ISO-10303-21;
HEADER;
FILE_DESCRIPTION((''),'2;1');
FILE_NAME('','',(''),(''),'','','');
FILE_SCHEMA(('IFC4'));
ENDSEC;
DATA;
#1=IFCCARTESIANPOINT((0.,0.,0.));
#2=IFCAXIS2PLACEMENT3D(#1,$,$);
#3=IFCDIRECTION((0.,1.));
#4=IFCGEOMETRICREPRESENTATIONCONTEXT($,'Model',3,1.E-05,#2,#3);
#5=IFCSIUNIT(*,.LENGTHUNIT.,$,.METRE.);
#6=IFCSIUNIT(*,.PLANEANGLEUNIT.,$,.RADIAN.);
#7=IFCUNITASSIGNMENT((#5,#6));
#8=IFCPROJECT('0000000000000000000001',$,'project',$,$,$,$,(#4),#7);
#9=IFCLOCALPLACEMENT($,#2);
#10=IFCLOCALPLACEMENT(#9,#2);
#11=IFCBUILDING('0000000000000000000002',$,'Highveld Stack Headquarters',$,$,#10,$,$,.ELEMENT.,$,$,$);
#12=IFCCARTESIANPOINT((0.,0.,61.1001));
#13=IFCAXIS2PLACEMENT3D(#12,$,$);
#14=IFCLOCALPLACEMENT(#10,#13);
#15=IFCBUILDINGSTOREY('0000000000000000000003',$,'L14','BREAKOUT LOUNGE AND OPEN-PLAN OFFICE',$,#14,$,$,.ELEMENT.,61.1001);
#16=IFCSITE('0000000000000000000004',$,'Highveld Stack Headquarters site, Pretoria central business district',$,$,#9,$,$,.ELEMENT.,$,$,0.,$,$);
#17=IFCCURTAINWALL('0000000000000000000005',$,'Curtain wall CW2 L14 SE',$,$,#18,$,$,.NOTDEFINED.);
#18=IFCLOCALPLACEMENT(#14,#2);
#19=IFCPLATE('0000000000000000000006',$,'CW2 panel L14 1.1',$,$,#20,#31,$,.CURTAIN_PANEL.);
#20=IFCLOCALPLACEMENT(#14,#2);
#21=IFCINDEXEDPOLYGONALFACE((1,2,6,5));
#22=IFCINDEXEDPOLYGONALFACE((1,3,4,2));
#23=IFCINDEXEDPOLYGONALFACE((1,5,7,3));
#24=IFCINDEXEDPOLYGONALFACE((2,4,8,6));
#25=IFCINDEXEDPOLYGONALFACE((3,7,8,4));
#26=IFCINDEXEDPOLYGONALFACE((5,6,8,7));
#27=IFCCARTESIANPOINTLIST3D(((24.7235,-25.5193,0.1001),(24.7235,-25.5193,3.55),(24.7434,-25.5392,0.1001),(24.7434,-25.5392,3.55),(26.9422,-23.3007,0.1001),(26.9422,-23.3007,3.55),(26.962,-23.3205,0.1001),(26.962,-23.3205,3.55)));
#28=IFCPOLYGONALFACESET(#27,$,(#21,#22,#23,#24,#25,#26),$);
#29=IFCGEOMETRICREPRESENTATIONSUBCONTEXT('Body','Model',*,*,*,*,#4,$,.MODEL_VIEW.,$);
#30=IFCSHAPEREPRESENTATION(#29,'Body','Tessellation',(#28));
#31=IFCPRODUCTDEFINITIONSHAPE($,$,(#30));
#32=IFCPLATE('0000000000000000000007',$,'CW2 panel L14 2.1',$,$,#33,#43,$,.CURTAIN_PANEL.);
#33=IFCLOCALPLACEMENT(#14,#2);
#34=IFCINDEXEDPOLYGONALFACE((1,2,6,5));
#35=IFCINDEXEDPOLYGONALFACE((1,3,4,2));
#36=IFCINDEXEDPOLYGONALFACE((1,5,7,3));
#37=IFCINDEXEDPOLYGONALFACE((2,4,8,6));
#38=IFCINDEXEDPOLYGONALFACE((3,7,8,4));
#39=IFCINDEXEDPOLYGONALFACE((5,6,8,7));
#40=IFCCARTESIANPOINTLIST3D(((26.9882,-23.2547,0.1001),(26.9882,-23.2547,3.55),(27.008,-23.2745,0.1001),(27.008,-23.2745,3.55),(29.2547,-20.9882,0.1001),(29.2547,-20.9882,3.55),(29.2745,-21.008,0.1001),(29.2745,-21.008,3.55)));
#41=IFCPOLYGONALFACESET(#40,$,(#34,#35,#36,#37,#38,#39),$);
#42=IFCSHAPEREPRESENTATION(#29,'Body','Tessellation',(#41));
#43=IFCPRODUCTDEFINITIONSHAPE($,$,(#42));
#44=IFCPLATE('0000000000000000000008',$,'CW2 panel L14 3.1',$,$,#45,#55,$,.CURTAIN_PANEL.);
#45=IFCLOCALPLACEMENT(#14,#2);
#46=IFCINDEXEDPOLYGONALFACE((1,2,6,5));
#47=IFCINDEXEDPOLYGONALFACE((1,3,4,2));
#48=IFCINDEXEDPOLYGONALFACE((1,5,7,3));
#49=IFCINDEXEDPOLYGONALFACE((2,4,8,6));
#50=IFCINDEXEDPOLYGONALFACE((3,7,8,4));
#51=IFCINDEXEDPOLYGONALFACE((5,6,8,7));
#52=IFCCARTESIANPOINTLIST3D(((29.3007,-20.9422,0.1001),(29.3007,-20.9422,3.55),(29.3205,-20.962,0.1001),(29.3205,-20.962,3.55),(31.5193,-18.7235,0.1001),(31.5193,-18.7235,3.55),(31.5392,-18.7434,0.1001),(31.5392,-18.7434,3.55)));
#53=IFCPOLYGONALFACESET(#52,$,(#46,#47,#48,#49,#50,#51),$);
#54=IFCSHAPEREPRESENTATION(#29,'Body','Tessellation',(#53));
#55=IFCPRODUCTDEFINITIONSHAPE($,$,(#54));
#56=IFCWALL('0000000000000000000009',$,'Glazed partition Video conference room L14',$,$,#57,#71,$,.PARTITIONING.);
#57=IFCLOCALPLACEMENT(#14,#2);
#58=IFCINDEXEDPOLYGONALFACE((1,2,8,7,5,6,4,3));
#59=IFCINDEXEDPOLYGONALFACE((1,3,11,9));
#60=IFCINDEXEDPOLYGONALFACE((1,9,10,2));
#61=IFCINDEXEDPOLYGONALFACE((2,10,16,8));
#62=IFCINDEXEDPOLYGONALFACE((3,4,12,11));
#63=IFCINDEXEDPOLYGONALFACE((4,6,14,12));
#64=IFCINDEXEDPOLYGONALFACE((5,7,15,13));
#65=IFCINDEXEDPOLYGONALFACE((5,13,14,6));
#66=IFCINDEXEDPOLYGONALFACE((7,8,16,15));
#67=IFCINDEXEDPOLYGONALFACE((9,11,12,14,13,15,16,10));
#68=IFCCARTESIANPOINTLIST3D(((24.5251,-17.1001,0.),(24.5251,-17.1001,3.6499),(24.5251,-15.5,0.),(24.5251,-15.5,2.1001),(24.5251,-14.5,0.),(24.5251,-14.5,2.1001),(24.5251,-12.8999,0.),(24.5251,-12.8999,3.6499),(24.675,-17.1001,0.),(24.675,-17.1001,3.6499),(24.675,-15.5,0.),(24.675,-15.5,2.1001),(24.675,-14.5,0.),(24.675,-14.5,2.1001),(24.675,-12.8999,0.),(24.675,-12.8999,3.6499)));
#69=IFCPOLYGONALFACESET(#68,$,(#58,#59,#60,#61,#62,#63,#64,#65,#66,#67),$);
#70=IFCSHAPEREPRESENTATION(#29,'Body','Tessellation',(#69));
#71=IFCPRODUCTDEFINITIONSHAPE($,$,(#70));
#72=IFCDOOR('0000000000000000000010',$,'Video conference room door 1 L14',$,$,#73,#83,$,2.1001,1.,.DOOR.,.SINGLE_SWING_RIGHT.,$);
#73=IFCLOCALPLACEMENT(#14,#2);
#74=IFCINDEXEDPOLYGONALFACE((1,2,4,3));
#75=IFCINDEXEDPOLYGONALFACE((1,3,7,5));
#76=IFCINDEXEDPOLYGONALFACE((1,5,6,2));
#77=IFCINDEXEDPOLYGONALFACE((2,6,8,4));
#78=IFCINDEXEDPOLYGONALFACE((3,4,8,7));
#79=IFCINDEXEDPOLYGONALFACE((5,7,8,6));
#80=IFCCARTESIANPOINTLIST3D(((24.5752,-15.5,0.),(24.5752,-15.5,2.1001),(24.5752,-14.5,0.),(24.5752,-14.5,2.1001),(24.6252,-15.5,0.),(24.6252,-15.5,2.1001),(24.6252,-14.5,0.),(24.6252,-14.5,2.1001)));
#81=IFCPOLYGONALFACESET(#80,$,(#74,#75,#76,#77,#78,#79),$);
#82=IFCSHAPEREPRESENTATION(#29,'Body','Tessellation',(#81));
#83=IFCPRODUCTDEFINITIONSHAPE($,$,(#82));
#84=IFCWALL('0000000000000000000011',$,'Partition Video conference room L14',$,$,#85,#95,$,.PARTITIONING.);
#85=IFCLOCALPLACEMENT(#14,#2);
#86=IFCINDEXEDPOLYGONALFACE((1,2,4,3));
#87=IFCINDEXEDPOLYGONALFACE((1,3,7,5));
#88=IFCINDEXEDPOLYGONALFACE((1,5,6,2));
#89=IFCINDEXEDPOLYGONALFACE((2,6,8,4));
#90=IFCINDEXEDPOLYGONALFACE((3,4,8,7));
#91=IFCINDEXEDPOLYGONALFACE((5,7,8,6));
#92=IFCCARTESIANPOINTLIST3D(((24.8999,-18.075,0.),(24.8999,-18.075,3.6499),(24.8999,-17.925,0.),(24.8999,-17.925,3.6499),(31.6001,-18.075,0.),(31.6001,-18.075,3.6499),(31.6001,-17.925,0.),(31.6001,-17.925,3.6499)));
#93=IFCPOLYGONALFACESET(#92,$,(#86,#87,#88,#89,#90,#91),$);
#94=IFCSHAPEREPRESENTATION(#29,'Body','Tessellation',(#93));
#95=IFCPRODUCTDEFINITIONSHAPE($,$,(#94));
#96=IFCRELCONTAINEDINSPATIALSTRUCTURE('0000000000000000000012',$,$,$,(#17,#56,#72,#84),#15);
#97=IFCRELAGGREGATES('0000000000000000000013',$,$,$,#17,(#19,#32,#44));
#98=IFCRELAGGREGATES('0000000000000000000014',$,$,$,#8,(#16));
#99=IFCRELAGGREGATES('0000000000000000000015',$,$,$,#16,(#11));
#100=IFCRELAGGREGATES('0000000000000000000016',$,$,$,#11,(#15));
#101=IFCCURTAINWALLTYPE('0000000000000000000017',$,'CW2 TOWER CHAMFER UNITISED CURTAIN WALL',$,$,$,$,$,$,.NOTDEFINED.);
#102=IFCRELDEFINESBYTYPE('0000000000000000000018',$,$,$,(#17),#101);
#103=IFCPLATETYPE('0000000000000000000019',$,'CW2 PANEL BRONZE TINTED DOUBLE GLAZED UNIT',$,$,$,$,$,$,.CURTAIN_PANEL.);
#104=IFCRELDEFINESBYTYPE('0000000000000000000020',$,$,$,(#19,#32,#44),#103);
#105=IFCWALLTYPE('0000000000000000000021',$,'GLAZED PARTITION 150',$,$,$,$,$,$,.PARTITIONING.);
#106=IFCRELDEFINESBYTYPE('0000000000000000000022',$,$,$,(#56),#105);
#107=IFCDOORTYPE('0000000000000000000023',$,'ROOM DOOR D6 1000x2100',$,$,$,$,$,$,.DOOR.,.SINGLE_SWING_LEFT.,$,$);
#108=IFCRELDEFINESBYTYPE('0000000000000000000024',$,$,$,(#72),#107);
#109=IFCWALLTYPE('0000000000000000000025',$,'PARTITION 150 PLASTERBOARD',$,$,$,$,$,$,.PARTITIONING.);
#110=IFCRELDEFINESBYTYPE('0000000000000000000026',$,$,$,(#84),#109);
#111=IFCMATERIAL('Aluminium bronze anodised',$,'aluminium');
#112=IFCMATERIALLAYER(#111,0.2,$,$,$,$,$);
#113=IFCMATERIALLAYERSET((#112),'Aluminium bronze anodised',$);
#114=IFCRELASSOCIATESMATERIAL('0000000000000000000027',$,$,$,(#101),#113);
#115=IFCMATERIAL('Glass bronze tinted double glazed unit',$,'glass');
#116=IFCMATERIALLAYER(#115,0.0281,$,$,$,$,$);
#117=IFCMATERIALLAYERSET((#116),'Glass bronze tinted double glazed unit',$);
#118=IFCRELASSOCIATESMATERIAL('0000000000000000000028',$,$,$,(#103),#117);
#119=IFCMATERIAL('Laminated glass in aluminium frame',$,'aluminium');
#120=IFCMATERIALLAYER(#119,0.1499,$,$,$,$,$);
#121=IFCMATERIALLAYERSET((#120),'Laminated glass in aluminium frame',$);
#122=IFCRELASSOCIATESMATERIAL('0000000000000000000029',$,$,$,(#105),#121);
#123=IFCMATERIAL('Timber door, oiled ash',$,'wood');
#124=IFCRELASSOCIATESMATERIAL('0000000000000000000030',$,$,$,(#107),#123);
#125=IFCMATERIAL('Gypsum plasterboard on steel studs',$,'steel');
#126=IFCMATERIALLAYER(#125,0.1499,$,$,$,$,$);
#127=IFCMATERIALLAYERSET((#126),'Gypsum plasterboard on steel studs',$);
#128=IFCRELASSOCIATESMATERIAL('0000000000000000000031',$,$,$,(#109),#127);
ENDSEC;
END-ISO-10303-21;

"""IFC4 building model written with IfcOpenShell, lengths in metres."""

from ifc_helpers import new_model, si_unit, direction, frame, frame_2d, origin, origin_2d, place, context, subcontext, project, spatial, rectangle, extrude, material, layer, layer_set, type_object, element, fill, aggregate, save


model = new_model("IFC4")

# Units and contexts
model_context = context("Model", 3, precision=1e-05, world=origin(), true_north=direction((0.0, 1.0)))
body_context = subcontext(model_context, "Body", "Model", "MODEL_VIEW")
ifc_project = project(units=[si_unit("LENGTHUNIT", "METRE"), si_unit("PLANEANGLEUNIT", "RADIAN")], contexts=[model_context])

# Site, building, storey
site_placement = place(None, origin())
site = spatial("IfcSite", under=ifc_project, at=site_placement, Name="Highveld Stack Headquarters site, Pretoria central business district", CompositionType="ELEMENT", RefElevation=0.0)
building_placement = place(site_placement, origin())
building = spatial("IfcBuilding", under=site, at=building_placement, Name="Highveld Stack Headquarters", CompositionType="ELEMENT")
storey_placement = place(building_placement, frame((0.0, 0.0, 61.1001)))
storey = spatial("IfcBuildingStorey", under=building, at=storey_placement, Name="L14", Description="BREAKOUT LOUNGE AND OPEN-PLAN OFFICE", CompositionType="ELEMENT", Elevation=61.1001)

# Curtain wall
ifc_material_1 = material(Name="Aluminium bronze anodised", Category="aluminium")
ifc_layer_1 = layer(ifc_material_1, 0.2)
ifc_layer_set_1 = layer_set([ifc_layer_1], Name="Aluminium bronze anodised")
curtain_wall_type_1 = type_object("IfcCurtainWallType", Name="CW2 TOWER CHAMFER UNITISED CURTAIN WALL", PredefinedType="NOTDEFINED", material=ifc_layer_set_1)
curtain_wall_1_placement = place(storey_placement, origin())
curtain_wall_1 = element("IfcCurtainWall", 1, at=curtain_wall_1_placement, inside=storey, type_object=curtain_wall_type_1, Name="Curtain wall CW2 L14 SE", PredefinedType="NOTDEFINED")

# Plates
ifc_material_2 = material(Name="Glass bronze tinted double glazed unit", Category="glass")
ifc_layer_2 = layer(ifc_material_2, 0.0281)
ifc_layer_set_2 = layer_set([ifc_layer_2], Name="Glass bronze tinted double glazed unit")
plate_type_1 = type_object("IfcPlateType", Name="CW2 PANEL BRONZE TINTED DOUBLE GLAZED UNIT", PredefinedType="CURTAIN_PANEL", material=ifc_layer_set_2)
plate_1_placement = place(storey_placement, frame((25.8428, -24.4199, 0.1001), z_axis=(0.0, 0.0, 1.0), x_axis=(0.707107, 0.707107, 0.0)))
plate_1 = element("IfcPlate", 2, at=plate_1_placement, type_object=plate_type_1, Name="CW2 panel L14 1.1", PredefinedType="CURTAIN_PANEL", context=body_context, shape_type="SweptSolid", body=[
    extrude(rectangle(XDim=3.1377, YDim=0.0281, at=origin_2d()), origin(), (0.0, 0.0, 1.0), 3.45),
])
plate_2_placement = place(storey_placement, frame((28.1313, -22.1313, 0.1001), z_axis=(0.0, 0.0, 1.0), x_axis=(0.707107, 0.707107, 0.0)))
plate_2 = element("IfcPlate", 3, at=plate_2_placement, type_object=plate_type_1, Name="CW2 panel L14 2.1", PredefinedType="CURTAIN_PANEL", context=body_context, shape_type="SweptSolid", body=[
    extrude(rectangle(XDim=3.2053, YDim=0.0281, at=origin_2d()), origin(), (0.0, 0.0, 1.0), 3.45),
])
plate_3_placement = place(storey_placement, frame((30.4199, -19.8428, 0.1001), z_axis=(0.0, 0.0, 1.0), x_axis=(0.707107, 0.707107, 0.0)))
plate_3 = element("IfcPlate", 4, at=plate_3_placement, type_object=plate_type_1, Name="CW2 panel L14 3.1", PredefinedType="CURTAIN_PANEL", context=body_context, shape_type="SweptSolid", body=[
    extrude(rectangle(XDim=3.1377, YDim=0.0281, at=origin_2d()), origin(), (0.0, 0.0, 1.0), 3.45),
])
aggregate(curtain_wall_1, [plate_1, plate_2, plate_3])

# Wall, opening, door
ifc_material_3 = material(Name="Laminated glass in aluminium frame", Category="aluminium")
ifc_layer_3 = layer(ifc_material_3, 0.1499)
ifc_layer_set_3 = layer_set([ifc_layer_3], Name="Laminated glass in aluminium frame")
wall_type_1 = type_object("IfcWallType", Name="GLAZED PARTITION 150", PredefinedType="PARTITIONING", material=ifc_layer_set_3)
wall_1_placement = place(storey_placement, frame((24.6001, -17.1001, 0.0), z_axis=(0.0, 0.0, 1.0), x_axis=(0.0, 1.0, 0.0)))
wall_1 = element("IfcWall", 5, at=wall_1_placement, inside=storey, type_object=wall_type_1, Name="Glazed partition Video conference room L14", PredefinedType="PARTITIONING", context=body_context, shape_type="SweptSolid", body=[
    extrude(rectangle(XDim=4.2002, YDim=0.1499, at=frame_2d((2.1001, 0.0))), origin(), (0.0, 0.0, 1.0), 3.6499),
])
opening_placement = place(wall_1_placement, frame((1.6001, 0.0, 0.0)))
opening = element("IfcOpeningElement", 6, at=opening_placement, cuts=wall_1, PredefinedType="OPENING", context=body_context, shape_type="SweptSolid", body=[
    extrude(rectangle(XDim=1.0, YDim=2.1001, at=frame_2d((0.5, 1.05))), frame((0.0, 0.085, 0.0), z_axis=(0.0, -1.0, 0.0), x_axis=(1.0, 0.0, 0.0)), (0.0, 0.0, 1.0), 0.1699),
])
ifc_material_4 = material(Name="Timber door, oiled ash", Category="wood")
door_type = type_object("IfcDoorType", Name="ROOM DOOR D6 1000x2100", OperationType="SINGLE_SWING_LEFT", PredefinedType="DOOR", material=ifc_material_4)
door_placement = place(opening_placement, origin())
door = element("IfcDoor", 7, at=door_placement, inside=storey, type_object=door_type, Name="Video conference room door 1 L14", OperationType="SINGLE_SWING_RIGHT", OverallHeight=2.1001, OverallWidth=1.0, PredefinedType="DOOR", context=body_context, shape_type="SweptSolid", body=[
    extrude(rectangle(XDim=1.0, YDim=2.1001, at=frame_2d((0.5, 1.05))), frame((0.0, 0.0249, 0.0), z_axis=(0.0, -1.0, 0.0), x_axis=(1.0, 0.0, 0.0)), (0.0, 0.0, 1.0), 0.05),
])
fill(opening, door)

# Wall
ifc_material_5 = material(Name="Gypsum plasterboard on steel studs", Category="steel")
ifc_layer_4 = layer(ifc_material_5, 0.1499)
ifc_layer_set_4 = layer_set([ifc_layer_4], Name="Gypsum plasterboard on steel studs")
wall_type_2 = type_object("IfcWallType", Name="PARTITION 150 PLASTERBOARD", PredefinedType="PARTITIONING", material=ifc_layer_set_4)
wall_2_placement = place(storey_placement, frame((24.8999, -18.0, 0.0), z_axis=(0.0, 0.0, 1.0), x_axis=(1.0, 0.0, 0.0)))
element("IfcWall", 8, at=wall_2_placement, inside=storey, type_object=wall_type_2, Name="Partition Video conference room L14", PredefinedType="PARTITIONING", context=body_context, shape_type="SweptSolid", body=[
    extrude(rectangle(XDim=6.7002, YDim=0.1499, at=frame_2d((3.3501, 0.0))), origin(), (0.0, 0.0, 1.0), 3.6499),
])

save(model, "model.ifc")
